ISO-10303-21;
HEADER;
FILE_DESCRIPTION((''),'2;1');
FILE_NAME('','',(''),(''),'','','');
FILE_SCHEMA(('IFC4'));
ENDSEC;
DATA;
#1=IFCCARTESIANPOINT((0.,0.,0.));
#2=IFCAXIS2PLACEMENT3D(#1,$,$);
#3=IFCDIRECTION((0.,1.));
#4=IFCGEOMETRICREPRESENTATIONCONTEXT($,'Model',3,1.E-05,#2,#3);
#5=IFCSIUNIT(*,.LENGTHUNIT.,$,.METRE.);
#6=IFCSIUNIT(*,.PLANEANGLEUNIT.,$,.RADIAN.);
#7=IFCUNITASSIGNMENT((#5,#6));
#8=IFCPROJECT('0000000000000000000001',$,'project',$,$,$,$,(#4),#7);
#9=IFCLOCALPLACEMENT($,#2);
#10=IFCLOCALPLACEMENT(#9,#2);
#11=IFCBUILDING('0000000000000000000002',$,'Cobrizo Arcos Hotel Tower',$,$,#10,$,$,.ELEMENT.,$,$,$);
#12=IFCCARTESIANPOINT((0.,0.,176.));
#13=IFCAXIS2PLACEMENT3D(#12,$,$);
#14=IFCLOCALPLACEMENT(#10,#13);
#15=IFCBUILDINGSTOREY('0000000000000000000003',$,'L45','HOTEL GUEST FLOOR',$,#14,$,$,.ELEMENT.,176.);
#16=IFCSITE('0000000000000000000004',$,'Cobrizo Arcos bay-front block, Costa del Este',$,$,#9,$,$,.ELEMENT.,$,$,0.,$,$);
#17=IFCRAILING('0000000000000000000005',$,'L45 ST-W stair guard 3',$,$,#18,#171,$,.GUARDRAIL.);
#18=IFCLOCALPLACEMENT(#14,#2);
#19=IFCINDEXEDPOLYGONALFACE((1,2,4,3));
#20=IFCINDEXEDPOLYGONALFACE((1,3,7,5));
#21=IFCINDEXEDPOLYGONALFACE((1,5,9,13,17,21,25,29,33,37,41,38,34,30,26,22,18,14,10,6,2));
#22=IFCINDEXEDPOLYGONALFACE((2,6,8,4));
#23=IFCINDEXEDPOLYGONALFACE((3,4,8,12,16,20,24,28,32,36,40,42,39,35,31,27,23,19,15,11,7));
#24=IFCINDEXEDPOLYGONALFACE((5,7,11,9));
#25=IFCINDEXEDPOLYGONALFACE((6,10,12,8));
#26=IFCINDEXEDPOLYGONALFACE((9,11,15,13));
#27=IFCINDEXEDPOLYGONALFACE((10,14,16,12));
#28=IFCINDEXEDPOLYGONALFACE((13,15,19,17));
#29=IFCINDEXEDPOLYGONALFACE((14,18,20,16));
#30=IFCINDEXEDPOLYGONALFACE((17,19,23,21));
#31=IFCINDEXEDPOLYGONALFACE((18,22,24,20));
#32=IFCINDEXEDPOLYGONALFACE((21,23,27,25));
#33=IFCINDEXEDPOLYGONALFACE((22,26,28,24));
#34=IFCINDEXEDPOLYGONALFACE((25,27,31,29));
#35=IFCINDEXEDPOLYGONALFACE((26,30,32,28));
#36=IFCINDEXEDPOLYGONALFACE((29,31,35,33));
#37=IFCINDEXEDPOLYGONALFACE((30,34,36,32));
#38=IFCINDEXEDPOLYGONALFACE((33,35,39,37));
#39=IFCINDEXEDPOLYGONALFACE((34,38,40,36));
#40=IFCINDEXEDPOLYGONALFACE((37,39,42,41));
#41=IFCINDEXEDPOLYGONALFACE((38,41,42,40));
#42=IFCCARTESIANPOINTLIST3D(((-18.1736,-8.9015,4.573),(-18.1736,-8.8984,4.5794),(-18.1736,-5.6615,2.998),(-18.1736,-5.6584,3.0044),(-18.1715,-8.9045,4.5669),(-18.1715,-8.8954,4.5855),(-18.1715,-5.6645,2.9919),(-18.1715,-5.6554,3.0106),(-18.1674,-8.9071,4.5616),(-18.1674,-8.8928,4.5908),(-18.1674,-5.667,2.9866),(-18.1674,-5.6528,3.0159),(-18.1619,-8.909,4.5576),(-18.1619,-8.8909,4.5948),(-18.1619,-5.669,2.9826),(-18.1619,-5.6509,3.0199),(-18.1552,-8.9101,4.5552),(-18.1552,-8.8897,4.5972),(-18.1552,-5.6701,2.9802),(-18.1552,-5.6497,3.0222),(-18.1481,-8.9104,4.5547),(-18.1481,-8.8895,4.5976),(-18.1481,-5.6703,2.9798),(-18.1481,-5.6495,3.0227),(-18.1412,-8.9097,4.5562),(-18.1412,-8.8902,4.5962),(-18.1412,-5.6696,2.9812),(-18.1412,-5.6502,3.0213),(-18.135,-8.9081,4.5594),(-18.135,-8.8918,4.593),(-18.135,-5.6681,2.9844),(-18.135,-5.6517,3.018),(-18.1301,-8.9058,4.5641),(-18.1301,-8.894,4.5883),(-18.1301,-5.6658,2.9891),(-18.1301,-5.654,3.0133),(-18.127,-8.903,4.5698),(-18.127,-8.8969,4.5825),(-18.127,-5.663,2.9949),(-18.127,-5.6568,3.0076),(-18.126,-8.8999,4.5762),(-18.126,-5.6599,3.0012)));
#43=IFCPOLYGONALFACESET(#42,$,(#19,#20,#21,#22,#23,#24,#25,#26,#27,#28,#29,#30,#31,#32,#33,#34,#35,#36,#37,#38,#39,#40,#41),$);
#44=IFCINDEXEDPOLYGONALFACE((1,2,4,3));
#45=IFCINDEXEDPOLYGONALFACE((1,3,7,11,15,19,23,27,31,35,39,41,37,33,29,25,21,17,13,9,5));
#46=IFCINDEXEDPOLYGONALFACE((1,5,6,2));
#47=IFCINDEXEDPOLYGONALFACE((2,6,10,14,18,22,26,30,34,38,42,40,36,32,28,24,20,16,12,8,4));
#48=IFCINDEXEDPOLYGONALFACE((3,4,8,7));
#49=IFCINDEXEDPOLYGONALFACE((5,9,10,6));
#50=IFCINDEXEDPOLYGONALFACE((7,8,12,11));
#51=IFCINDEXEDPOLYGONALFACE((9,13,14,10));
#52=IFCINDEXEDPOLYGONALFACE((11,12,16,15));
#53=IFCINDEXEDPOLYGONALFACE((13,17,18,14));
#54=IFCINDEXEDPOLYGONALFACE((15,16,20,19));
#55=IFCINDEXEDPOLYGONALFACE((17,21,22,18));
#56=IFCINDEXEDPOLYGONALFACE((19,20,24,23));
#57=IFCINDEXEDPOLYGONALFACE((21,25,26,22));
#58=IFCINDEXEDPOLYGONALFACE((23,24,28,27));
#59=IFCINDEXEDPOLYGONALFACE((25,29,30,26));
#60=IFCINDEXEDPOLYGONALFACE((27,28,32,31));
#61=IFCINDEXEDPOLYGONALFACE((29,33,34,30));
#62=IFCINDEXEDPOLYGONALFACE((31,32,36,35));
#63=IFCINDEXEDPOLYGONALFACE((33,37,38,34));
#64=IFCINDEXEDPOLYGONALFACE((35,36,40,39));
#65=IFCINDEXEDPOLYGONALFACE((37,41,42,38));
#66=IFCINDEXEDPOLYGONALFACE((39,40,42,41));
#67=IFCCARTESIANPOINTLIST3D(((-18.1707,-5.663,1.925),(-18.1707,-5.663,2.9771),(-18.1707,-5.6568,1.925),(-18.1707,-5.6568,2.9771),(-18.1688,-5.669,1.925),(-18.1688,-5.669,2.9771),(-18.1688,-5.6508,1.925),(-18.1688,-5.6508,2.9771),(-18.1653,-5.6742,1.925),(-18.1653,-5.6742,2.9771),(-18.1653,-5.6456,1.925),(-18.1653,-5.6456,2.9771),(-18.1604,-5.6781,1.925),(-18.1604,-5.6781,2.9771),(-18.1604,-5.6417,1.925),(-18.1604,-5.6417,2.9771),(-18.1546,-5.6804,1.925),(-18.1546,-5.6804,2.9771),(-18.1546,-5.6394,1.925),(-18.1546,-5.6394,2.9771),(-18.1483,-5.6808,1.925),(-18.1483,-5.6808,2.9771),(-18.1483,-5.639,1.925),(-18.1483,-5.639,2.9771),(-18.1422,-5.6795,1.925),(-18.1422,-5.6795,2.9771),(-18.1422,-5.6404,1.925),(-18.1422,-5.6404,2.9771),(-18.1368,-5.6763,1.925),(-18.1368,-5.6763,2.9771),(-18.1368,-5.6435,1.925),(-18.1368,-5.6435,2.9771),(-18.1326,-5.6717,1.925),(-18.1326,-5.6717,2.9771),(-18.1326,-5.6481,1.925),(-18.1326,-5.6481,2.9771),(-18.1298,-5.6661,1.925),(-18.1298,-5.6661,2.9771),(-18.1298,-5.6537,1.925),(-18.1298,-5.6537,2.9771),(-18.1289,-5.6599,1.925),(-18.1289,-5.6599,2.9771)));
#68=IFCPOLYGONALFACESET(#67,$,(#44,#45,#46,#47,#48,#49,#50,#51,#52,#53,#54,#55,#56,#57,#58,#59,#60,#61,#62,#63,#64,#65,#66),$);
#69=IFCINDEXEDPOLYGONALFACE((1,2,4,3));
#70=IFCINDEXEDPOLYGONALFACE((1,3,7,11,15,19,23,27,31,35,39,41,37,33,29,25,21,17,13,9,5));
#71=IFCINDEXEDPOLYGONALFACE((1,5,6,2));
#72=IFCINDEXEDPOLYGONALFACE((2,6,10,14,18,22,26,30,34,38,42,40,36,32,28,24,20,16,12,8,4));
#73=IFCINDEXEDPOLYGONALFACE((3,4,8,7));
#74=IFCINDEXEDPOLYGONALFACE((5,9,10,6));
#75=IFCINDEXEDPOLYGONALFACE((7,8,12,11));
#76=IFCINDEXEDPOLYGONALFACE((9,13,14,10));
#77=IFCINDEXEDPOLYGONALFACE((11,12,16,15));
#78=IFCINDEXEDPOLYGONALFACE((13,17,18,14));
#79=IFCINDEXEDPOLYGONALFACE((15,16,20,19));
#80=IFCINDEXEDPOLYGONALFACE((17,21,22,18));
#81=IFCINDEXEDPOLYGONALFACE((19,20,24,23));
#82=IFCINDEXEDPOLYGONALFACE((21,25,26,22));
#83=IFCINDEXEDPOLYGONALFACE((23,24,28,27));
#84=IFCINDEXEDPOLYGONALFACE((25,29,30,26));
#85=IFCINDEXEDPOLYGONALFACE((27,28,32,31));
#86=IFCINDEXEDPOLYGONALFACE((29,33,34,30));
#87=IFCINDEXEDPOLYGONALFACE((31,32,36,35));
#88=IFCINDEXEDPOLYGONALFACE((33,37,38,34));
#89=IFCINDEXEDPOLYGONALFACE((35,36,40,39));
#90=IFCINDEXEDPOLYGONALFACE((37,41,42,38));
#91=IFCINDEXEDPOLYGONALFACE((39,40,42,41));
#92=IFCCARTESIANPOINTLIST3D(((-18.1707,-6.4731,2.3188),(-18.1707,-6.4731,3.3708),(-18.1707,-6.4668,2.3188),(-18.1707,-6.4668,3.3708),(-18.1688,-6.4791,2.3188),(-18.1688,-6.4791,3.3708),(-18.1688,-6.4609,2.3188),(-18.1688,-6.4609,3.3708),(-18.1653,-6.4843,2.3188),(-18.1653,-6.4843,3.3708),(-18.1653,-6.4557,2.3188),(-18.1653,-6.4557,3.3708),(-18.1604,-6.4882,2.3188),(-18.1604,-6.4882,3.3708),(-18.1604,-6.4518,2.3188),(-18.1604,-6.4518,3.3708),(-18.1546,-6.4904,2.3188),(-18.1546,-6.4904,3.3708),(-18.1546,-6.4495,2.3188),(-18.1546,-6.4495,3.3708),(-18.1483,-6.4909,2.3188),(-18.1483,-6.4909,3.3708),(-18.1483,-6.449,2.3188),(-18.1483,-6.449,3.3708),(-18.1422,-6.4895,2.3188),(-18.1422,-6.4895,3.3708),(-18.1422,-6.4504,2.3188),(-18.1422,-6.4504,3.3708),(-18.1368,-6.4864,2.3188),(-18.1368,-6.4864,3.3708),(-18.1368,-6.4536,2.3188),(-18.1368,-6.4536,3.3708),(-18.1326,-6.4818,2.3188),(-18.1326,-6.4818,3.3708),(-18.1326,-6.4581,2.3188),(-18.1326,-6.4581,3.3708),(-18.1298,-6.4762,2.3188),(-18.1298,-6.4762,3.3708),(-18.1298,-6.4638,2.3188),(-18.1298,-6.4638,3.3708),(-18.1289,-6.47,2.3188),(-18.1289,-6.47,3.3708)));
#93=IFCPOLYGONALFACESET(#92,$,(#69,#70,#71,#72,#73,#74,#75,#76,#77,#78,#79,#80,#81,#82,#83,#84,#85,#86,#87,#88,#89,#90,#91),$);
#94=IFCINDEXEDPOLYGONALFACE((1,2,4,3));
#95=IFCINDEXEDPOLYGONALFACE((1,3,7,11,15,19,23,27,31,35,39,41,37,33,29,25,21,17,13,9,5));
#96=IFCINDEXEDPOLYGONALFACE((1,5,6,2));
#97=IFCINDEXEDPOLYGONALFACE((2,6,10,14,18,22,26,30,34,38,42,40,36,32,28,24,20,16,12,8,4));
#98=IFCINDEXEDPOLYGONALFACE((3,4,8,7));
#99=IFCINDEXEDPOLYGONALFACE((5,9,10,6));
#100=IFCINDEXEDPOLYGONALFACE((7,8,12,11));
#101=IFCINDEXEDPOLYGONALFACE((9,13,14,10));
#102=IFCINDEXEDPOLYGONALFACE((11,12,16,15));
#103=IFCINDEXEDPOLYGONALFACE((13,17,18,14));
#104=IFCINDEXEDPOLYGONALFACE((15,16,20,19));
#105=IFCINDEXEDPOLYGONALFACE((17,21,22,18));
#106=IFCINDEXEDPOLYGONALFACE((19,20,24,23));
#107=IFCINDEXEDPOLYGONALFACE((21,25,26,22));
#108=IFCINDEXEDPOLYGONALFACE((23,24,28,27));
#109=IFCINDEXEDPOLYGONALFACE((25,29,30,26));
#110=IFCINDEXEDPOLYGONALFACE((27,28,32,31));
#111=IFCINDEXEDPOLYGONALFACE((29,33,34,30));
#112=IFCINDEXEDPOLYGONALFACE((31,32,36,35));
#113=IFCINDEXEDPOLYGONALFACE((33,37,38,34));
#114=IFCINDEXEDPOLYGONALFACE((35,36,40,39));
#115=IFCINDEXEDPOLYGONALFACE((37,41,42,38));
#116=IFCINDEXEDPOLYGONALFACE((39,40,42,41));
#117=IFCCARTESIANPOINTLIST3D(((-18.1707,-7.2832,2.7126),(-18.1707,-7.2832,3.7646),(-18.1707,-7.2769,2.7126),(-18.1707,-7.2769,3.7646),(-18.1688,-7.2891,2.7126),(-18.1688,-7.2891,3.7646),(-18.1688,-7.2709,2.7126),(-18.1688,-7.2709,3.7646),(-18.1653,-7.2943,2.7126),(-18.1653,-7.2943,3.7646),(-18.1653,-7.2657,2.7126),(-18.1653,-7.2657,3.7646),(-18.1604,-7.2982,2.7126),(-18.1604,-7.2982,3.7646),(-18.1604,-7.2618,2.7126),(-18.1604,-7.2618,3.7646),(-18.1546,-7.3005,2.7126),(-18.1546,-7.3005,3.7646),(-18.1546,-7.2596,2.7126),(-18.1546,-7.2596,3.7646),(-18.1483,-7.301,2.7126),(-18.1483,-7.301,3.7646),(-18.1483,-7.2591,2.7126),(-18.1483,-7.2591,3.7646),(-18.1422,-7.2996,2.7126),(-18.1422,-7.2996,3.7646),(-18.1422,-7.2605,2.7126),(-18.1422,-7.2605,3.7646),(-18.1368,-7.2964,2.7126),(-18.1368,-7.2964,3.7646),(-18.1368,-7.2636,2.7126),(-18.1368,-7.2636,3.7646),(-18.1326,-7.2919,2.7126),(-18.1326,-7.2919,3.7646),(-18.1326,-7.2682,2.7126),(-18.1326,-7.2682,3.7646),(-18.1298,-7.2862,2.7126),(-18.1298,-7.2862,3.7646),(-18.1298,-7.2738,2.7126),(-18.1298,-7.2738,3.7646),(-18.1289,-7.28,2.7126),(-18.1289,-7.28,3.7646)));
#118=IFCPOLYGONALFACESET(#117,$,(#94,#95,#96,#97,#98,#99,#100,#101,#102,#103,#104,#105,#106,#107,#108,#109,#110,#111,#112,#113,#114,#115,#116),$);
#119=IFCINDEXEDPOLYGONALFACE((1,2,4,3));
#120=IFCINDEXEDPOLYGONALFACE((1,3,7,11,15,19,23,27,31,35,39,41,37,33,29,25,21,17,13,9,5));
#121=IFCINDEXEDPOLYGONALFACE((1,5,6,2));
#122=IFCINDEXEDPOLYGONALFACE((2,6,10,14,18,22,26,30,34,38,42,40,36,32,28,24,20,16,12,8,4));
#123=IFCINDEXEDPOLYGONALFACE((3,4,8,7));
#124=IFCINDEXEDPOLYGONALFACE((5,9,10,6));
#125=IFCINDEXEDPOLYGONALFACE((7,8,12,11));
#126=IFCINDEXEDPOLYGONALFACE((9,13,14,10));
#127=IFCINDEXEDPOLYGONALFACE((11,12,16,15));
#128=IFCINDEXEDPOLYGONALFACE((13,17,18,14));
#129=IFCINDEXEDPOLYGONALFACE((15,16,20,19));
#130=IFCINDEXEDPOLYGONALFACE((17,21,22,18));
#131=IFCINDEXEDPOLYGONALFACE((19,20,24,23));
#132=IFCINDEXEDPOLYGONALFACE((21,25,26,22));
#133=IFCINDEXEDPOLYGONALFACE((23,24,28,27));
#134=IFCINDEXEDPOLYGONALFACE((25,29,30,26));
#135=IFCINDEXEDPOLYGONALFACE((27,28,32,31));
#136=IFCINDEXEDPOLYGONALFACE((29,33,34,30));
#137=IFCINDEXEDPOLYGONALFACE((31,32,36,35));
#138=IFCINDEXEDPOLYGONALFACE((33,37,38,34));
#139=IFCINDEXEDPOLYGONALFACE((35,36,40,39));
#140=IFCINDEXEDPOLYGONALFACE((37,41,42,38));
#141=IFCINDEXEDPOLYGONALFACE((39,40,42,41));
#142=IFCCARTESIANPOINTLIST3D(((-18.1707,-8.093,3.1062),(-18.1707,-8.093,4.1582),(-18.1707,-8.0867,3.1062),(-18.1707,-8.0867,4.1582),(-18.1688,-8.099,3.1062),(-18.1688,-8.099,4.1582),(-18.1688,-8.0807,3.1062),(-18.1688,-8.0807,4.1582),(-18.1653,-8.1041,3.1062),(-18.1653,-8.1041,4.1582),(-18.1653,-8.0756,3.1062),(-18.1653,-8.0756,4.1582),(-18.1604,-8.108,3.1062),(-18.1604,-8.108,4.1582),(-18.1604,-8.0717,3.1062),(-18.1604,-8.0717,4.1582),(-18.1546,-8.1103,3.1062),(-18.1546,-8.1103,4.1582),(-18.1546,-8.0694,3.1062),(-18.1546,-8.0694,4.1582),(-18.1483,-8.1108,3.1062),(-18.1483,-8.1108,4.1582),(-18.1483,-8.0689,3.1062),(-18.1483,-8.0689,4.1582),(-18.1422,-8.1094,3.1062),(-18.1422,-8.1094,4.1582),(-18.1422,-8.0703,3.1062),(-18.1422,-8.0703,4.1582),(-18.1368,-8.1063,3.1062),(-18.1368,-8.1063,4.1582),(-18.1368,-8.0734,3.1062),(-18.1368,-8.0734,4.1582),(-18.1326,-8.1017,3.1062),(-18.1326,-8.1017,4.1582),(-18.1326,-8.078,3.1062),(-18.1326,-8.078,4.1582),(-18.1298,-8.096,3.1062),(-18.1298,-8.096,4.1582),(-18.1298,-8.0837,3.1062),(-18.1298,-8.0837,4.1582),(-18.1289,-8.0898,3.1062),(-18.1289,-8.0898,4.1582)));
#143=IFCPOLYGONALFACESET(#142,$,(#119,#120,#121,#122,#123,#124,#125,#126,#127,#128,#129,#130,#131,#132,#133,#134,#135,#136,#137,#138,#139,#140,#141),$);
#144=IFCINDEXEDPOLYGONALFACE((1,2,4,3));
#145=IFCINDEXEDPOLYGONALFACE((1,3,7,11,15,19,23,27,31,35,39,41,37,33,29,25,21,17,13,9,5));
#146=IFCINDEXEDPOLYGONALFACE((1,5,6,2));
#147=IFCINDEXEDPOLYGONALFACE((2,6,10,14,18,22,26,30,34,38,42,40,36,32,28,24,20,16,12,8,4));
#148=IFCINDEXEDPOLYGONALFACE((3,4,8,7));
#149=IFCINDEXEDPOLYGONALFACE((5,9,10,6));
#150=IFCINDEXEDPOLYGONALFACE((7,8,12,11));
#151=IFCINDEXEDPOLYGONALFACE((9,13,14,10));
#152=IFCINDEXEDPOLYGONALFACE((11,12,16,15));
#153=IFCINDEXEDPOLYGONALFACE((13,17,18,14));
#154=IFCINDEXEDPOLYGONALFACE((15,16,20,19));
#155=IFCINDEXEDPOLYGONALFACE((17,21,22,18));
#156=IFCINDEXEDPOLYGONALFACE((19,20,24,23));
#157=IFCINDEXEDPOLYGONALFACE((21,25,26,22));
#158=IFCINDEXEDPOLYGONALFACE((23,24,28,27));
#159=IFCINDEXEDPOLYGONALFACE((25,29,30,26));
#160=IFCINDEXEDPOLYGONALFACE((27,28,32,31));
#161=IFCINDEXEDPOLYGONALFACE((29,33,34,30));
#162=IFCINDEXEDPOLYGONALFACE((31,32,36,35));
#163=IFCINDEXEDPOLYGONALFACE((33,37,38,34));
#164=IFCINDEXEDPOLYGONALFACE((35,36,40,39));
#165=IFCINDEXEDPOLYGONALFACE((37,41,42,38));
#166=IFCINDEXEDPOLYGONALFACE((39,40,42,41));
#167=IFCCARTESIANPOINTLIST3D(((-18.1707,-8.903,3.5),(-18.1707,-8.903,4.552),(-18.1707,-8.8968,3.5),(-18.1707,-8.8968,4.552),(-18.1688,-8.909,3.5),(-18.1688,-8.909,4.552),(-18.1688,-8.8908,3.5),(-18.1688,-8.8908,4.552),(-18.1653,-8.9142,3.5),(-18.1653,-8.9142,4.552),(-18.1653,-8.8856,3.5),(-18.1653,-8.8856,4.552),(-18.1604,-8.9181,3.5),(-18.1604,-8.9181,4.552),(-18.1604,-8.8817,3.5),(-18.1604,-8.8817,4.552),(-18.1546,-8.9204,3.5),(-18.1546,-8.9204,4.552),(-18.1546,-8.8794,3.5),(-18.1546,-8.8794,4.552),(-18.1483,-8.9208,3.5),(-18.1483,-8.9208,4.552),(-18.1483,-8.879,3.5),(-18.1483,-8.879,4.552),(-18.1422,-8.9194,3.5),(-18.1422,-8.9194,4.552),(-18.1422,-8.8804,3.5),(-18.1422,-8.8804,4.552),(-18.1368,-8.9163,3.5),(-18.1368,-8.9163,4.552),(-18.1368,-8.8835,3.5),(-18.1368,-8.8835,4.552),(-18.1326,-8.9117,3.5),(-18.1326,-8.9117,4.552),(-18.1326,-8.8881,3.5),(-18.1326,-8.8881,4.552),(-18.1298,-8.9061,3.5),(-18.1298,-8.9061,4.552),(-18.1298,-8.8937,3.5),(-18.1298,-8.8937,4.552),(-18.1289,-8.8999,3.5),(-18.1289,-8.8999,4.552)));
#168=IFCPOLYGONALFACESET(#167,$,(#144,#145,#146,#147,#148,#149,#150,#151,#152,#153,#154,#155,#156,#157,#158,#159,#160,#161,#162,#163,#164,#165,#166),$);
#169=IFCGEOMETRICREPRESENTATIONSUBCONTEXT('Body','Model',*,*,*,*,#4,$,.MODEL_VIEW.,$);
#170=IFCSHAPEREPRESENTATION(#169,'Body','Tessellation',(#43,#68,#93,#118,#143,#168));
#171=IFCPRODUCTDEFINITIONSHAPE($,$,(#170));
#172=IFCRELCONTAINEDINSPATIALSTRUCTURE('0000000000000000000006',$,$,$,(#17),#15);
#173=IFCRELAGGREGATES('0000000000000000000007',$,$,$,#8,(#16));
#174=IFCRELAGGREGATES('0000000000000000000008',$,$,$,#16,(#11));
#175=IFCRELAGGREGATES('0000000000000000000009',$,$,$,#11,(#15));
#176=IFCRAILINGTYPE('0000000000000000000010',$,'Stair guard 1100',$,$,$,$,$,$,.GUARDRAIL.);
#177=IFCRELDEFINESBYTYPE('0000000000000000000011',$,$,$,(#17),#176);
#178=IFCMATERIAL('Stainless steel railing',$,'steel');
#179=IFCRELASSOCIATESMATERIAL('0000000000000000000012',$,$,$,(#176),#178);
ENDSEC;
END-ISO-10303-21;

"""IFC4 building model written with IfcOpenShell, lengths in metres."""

from ifc_helpers import new_model, si_unit, direction, frame, origin, origin_2d, place, context, subcontext, project, spatial, circle, extrude, material, type_object, element, save


model = new_model("IFC4")

# Units and contexts
model_context = context("Model", 3, precision=1e-05, world=origin(), true_north=direction((0.0, 1.0)))
body_context = subcontext(model_context, "Body", "Model", "MODEL_VIEW")
ifc_project = project(units=[si_unit("LENGTHUNIT", "METRE"), si_unit("PLANEANGLEUNIT", "RADIAN")], contexts=[model_context])

# Site, building, storey
site_placement = place(None, origin())
site = spatial("IfcSite", under=ifc_project, at=site_placement, Name="Cobrizo Arcos bay-front block, Costa del Este", CompositionType="ELEMENT", RefElevation=0.0)
building_placement = place(site_placement, origin())
building = spatial("IfcBuilding", under=site, at=building_placement, Name="Cobrizo Arcos Hotel Tower", CompositionType="ELEMENT")
storey_placement = place(building_placement, frame((0.0, 0.0, 176.0)))
storey = spatial("IfcBuildingStorey", under=building, at=storey_placement, Name="L45", Description="HOTEL GUEST FLOOR", CompositionType="ELEMENT", Elevation=176.0)

# Railing
ifc_material_1 = material(Name="Stainless steel railing", Category="steel")
railing_type_1 = type_object("IfcRailingType", Name="Stair guard 1100", PredefinedType="GUARDRAIL", material=ifc_material_1)
railing_1_placement = place(storey_placement, frame((-18.1499, -5.6599, 1.925)))
element("IfcRailing", 1, at=railing_1_placement, inside=storey, type_object=railing_type_1, Name="L45 ST-W stair guard 3", PredefinedType="GUARDRAIL", context=body_context, shape_type="SweptSolid", body=[
    extrude(circle(Radius=0.0239, at=origin_2d()), frame((0.0, 0.0, 1.0762), z_axis=(0.0, -0.899373, 0.437183), x_axis=(1.0, 0.0, 0.0)), (0.0, 0.0, 1.0), 3.6025),
    extrude(circle(Radius=0.021, at=origin_2d()), origin(), (0.0, 0.0, 1.0), 1.052),
    extrude(circle(Radius=0.021, at=origin_2d()), frame((0.0, -0.8101, 0.3938)), (0.0, 0.0, 1.0), 1.052),
    extrude(circle(Radius=0.021, at=origin_2d()), frame((0.0, -1.6201, 0.7876)), (0.0, 0.0, 1.0), 1.052),
    extrude(circle(Radius=0.021, at=origin_2d()), frame((0.0, -2.4299, 1.1812)), (0.0, 0.0, 1.0), 1.052),
    extrude(circle(Radius=0.021, at=origin_2d()), frame((0.0, -3.24, 1.575)), (0.0, 0.0, 1.0), 1.052),
])

save(model, "model.ifc")
